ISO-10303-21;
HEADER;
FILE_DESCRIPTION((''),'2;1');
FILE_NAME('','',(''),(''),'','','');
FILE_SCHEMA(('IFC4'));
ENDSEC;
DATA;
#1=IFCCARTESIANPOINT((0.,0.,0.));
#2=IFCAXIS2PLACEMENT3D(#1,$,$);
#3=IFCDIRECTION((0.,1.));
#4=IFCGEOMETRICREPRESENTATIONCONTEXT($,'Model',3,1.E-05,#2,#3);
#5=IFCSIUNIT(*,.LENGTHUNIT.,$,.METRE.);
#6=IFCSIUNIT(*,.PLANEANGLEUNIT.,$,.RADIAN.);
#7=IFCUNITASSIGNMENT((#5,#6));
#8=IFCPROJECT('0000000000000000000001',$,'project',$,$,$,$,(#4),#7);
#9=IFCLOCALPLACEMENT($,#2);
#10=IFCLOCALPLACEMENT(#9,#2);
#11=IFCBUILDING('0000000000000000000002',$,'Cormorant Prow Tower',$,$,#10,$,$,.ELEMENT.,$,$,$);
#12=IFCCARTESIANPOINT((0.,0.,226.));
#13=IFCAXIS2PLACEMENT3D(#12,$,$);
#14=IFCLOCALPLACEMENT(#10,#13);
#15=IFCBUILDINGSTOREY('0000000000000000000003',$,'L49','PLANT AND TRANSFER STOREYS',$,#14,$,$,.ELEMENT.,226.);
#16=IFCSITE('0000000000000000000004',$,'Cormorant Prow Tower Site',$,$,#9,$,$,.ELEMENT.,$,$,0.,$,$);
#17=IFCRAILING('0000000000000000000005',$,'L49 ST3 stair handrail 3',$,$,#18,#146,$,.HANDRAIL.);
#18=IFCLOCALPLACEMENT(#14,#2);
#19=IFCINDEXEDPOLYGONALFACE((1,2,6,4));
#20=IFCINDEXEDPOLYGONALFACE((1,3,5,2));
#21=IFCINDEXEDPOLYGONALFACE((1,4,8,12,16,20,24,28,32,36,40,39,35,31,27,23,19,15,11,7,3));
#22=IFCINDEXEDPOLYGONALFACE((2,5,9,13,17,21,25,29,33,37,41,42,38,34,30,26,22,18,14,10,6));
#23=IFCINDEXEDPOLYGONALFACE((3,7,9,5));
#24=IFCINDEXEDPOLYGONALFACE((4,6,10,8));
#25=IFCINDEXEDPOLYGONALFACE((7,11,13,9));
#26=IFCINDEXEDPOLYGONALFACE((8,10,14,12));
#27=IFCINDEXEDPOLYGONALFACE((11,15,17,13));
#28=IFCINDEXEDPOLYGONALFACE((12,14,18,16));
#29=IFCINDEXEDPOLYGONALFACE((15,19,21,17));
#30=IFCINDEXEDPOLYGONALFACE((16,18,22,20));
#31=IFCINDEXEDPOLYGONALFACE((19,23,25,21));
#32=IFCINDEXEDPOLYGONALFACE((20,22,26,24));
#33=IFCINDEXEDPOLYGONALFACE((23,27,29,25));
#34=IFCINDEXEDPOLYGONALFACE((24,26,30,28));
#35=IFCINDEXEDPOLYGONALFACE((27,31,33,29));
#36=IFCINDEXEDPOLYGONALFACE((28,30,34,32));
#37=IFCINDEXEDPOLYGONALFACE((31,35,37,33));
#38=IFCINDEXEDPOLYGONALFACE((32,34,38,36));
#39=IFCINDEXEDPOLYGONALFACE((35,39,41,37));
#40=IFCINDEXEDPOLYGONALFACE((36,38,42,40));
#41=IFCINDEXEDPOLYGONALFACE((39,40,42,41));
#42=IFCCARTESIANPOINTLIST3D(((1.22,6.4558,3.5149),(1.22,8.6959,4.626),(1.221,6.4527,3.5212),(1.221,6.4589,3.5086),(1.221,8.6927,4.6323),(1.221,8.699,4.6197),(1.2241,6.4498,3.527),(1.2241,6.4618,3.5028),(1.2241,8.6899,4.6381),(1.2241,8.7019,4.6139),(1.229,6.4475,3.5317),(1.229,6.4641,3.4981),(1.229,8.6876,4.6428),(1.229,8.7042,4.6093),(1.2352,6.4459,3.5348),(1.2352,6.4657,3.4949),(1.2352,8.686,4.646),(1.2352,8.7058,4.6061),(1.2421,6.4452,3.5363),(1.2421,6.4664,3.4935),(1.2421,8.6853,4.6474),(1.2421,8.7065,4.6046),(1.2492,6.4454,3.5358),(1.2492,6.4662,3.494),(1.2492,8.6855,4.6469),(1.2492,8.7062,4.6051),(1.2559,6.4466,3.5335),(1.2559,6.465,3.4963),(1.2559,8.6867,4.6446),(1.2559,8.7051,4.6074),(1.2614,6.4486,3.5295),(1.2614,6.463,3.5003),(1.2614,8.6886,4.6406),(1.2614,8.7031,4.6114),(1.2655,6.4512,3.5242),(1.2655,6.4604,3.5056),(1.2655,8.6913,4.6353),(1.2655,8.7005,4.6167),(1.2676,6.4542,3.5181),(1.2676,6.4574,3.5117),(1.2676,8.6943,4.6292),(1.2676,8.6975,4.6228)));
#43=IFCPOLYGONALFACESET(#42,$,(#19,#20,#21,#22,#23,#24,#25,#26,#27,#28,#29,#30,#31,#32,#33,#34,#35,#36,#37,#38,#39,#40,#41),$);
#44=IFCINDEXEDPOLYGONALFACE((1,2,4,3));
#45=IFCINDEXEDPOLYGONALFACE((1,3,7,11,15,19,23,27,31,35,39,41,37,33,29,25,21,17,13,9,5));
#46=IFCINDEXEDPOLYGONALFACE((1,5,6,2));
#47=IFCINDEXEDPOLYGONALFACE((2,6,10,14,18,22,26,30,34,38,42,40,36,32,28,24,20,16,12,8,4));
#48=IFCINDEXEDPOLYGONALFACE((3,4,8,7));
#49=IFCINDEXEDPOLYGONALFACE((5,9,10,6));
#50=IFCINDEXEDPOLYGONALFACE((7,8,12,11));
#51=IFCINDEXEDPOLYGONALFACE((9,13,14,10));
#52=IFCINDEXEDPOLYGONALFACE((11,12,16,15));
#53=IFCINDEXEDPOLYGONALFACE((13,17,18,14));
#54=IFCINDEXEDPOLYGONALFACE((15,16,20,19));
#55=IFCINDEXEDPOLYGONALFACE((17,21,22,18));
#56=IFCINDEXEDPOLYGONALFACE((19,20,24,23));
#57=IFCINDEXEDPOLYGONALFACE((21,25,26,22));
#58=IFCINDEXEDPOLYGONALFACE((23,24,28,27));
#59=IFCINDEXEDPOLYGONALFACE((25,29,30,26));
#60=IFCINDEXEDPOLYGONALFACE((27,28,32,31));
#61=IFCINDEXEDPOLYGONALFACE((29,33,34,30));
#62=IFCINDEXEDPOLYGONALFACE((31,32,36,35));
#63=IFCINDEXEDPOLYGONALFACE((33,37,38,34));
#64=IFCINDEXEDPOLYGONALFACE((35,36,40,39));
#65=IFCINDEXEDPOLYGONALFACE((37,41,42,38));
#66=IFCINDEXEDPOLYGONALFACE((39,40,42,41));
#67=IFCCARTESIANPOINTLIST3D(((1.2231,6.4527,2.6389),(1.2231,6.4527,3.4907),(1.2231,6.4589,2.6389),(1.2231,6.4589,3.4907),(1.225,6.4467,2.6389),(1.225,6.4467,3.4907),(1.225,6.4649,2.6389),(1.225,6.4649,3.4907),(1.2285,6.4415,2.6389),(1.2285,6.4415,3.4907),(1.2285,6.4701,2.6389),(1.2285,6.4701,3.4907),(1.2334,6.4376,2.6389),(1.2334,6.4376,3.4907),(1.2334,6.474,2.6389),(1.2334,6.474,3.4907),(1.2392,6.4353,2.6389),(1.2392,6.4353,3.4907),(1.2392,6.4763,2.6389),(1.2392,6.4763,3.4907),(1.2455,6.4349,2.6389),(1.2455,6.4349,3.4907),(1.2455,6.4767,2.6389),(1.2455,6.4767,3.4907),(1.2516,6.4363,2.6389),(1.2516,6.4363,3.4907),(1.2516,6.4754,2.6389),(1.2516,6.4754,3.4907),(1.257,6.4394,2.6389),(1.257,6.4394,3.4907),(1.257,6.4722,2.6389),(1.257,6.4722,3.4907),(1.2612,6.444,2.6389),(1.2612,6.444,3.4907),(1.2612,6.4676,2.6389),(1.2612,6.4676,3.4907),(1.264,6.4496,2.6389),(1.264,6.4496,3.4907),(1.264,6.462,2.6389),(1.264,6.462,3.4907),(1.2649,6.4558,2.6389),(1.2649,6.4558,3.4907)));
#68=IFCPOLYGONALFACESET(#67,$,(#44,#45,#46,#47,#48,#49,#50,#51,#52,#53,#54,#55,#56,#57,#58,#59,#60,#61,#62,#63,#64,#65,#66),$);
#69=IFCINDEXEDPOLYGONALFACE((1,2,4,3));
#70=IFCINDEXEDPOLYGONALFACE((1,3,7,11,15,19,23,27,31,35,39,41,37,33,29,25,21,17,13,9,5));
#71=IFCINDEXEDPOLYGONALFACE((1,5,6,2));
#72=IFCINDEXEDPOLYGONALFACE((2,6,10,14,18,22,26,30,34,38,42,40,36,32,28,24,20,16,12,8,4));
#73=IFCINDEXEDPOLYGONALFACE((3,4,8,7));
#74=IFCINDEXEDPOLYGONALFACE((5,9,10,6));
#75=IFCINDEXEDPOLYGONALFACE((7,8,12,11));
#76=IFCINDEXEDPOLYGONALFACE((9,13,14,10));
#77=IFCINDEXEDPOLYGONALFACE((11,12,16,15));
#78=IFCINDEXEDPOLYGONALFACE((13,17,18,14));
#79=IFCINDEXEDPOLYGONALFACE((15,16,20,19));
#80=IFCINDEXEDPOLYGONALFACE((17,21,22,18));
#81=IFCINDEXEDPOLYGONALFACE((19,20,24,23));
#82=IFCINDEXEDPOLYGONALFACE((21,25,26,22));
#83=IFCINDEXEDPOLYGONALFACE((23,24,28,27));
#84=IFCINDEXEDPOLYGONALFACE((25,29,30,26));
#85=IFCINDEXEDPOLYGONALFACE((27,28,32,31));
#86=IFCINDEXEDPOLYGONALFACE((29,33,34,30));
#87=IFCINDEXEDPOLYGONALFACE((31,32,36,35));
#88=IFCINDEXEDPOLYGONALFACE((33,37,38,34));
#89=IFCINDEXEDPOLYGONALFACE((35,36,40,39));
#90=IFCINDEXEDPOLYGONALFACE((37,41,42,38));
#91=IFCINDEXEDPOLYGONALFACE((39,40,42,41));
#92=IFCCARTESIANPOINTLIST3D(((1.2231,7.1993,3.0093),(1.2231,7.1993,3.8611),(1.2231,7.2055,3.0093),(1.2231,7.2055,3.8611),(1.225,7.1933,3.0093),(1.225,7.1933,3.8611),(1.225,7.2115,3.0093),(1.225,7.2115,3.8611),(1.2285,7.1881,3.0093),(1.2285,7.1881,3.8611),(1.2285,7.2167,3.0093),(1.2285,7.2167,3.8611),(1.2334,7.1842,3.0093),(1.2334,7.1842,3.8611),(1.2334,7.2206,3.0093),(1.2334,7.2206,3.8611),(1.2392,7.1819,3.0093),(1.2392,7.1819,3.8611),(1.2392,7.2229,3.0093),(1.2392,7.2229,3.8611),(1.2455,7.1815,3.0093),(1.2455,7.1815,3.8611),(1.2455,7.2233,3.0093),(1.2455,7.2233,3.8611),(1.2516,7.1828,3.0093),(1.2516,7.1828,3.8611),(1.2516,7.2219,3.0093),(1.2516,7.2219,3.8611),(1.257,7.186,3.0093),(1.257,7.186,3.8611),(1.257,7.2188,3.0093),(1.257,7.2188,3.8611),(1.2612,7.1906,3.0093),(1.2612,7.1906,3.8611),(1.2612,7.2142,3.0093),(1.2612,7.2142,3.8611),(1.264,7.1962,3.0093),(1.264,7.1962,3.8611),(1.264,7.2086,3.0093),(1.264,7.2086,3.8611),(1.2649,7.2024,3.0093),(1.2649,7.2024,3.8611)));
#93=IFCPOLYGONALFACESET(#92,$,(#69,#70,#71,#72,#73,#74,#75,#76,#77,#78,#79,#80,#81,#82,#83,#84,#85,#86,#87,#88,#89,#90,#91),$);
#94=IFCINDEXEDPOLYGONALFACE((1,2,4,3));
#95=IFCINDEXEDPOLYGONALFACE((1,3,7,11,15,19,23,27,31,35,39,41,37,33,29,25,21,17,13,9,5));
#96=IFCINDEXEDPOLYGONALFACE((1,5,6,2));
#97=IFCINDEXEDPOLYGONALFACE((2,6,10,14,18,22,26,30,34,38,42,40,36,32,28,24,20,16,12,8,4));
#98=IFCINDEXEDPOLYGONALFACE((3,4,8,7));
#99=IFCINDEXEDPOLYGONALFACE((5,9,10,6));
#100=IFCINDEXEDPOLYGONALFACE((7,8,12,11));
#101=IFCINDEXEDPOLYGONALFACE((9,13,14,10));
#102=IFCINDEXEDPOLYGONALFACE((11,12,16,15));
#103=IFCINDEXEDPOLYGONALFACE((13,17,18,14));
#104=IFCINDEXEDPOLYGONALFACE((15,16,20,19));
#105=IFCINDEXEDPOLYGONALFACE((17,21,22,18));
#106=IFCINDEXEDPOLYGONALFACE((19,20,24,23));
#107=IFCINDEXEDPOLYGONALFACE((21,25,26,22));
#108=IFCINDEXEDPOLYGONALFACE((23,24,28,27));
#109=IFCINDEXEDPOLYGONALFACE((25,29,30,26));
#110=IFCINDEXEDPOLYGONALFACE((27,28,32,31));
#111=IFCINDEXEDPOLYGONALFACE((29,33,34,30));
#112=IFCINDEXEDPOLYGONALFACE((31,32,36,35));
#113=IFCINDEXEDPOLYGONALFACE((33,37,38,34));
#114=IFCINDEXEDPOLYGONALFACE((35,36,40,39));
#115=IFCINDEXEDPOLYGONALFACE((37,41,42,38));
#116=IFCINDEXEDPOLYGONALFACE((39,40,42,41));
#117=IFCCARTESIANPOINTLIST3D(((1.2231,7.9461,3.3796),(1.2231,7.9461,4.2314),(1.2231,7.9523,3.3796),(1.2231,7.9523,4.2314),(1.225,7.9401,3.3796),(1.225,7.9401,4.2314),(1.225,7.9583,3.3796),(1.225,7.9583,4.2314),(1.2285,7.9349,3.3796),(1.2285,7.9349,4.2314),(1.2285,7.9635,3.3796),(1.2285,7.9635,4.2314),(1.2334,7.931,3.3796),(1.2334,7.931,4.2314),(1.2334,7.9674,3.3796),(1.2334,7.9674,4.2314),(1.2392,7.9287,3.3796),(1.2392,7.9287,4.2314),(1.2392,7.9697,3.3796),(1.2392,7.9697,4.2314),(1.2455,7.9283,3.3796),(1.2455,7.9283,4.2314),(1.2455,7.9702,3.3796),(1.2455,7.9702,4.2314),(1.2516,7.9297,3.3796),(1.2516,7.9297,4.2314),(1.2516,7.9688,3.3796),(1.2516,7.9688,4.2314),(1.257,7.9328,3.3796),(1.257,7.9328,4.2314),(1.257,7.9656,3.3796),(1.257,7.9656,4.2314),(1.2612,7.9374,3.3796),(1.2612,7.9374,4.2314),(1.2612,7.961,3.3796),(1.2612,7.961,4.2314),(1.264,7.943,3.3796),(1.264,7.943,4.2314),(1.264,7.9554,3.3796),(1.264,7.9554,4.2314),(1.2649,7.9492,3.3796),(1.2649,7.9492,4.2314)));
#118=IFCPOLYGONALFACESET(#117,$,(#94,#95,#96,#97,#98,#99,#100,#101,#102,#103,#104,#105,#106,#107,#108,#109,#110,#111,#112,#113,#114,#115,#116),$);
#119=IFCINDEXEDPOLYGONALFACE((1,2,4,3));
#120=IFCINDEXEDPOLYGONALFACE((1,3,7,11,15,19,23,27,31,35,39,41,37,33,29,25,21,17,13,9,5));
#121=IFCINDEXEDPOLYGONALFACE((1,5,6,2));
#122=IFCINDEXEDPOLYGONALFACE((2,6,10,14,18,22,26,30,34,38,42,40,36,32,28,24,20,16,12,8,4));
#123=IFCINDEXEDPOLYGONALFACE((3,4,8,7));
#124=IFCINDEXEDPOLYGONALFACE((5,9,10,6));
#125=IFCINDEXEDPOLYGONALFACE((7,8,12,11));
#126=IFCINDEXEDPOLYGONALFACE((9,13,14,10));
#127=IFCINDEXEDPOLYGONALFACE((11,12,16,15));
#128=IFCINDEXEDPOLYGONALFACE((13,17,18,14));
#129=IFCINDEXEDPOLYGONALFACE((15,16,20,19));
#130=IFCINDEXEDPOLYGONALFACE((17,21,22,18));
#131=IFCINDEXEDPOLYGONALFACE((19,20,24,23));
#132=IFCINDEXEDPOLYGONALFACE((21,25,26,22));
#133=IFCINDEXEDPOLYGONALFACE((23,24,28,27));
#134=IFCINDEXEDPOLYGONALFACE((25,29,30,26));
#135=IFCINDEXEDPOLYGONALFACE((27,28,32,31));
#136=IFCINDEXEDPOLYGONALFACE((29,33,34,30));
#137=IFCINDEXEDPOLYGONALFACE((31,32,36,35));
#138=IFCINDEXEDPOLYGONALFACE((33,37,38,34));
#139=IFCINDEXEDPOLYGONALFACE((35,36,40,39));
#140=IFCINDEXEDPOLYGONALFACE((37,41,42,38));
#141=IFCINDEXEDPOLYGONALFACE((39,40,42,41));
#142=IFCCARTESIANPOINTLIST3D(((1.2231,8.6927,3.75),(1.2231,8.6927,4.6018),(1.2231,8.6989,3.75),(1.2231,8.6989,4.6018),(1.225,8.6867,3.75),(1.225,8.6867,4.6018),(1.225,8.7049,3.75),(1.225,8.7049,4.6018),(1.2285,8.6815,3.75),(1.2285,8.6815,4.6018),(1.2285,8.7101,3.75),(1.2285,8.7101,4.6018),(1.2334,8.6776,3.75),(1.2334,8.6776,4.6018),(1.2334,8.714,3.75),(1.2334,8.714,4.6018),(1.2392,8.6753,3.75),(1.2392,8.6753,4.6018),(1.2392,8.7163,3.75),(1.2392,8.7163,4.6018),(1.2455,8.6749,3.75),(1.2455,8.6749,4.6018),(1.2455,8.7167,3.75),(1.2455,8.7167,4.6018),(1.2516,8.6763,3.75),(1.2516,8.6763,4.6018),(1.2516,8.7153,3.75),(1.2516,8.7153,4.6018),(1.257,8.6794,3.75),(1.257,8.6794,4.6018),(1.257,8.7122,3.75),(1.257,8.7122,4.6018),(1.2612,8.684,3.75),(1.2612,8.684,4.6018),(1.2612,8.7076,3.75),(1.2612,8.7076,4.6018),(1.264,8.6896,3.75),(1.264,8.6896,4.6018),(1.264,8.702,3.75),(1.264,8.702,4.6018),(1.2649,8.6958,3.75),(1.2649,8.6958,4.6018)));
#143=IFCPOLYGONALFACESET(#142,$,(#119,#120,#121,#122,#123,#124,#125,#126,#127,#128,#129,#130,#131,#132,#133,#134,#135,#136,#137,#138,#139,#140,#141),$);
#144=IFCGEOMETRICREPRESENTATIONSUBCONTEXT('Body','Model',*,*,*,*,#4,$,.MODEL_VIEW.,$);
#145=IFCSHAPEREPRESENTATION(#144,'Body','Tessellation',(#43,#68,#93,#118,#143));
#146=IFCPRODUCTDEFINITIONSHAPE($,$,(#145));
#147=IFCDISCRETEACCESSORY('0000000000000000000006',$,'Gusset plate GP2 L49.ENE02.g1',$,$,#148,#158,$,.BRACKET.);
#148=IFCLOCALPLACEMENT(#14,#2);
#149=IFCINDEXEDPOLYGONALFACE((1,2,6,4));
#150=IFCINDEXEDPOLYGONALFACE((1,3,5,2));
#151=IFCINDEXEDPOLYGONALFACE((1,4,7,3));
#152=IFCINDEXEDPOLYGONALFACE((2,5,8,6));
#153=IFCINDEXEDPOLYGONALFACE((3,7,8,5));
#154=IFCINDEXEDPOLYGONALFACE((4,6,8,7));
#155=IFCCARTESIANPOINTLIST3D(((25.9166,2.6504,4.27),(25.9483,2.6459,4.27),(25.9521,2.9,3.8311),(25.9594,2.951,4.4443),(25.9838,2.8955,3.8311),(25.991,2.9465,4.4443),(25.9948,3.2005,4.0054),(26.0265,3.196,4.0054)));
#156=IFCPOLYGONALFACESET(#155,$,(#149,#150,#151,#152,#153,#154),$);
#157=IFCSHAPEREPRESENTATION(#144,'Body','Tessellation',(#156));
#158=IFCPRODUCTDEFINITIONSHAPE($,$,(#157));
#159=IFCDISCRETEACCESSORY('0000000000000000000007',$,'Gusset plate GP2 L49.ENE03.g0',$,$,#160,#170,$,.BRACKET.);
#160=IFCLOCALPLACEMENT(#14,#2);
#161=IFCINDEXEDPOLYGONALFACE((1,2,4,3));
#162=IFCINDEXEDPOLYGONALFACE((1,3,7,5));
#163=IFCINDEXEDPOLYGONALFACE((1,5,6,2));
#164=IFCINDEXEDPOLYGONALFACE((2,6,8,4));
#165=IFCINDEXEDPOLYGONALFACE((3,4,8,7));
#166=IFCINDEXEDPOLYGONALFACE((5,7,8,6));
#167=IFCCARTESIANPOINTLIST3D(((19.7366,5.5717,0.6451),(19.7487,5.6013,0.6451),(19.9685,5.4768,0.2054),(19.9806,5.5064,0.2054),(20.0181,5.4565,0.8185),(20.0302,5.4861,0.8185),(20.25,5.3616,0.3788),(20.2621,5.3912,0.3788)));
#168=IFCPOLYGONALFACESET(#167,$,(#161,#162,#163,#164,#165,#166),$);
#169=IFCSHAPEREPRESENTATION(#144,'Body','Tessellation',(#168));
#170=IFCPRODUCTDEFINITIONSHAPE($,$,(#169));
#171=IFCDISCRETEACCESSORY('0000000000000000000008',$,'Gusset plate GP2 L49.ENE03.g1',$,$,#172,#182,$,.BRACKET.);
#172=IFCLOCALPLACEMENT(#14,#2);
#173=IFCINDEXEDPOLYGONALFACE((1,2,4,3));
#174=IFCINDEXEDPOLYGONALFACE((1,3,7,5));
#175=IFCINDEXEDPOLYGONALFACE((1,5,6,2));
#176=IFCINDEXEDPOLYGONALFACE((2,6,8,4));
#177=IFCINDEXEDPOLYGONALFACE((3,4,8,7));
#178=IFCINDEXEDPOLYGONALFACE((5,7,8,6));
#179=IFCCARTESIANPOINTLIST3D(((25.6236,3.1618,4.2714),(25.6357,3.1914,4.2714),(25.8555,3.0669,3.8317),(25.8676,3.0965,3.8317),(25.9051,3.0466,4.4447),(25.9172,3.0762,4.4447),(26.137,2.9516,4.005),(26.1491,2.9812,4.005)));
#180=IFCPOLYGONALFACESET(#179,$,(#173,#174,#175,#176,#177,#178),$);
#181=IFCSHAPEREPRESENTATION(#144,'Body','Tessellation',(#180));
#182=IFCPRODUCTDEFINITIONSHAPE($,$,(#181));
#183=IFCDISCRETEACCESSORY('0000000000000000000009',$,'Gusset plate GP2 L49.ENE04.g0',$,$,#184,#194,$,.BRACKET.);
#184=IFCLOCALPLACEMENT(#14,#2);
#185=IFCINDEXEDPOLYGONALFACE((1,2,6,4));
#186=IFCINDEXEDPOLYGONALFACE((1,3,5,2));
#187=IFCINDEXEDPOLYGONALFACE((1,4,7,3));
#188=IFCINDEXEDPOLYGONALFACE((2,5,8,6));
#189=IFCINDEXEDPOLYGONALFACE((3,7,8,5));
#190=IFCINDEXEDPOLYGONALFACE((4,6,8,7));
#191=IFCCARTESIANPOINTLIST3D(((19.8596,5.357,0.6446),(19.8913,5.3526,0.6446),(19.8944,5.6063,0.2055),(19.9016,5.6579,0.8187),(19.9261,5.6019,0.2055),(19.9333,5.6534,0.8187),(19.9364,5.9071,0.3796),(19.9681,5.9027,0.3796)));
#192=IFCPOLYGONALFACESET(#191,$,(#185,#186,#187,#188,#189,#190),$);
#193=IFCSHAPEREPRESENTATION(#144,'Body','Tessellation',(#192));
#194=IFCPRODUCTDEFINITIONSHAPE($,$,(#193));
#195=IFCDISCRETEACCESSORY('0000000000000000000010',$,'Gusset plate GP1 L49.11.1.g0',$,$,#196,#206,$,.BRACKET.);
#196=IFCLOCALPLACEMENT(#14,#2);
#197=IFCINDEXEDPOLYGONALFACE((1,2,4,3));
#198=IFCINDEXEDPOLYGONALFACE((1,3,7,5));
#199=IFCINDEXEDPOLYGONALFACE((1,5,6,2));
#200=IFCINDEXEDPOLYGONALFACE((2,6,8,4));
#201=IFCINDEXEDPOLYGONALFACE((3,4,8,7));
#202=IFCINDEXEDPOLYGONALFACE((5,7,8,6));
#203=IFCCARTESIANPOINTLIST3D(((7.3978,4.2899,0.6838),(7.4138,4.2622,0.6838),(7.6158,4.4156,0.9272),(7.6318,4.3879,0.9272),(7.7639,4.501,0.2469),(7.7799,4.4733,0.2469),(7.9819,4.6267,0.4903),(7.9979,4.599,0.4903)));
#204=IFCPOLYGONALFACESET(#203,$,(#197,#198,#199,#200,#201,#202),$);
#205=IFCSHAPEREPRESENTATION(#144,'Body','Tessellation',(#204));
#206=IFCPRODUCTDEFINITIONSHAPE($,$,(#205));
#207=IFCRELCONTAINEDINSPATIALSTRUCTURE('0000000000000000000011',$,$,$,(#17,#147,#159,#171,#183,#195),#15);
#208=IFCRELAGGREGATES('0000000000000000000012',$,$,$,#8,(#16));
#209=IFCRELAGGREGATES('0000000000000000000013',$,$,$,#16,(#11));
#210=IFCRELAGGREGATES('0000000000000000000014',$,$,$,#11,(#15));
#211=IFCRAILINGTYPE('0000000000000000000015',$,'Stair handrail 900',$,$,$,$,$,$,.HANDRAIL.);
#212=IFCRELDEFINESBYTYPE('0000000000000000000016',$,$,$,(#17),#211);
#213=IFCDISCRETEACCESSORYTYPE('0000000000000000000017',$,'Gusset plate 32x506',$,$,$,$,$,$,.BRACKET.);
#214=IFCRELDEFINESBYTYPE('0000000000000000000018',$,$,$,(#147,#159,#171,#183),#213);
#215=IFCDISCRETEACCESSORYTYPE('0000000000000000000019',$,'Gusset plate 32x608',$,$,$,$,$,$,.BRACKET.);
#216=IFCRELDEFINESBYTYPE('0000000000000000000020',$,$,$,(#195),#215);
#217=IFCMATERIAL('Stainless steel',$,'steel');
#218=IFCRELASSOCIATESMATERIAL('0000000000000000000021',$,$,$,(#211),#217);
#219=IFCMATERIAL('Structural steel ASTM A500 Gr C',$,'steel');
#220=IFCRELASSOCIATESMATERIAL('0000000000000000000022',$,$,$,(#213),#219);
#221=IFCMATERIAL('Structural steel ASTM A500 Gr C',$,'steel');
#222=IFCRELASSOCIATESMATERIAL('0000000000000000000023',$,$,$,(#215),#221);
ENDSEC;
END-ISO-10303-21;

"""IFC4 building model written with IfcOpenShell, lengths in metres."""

from ifc_helpers import new_model, si_unit, direction, frame, origin, origin_2d, place, context, subcontext, project, spatial, rectangle, circle, extrude, material, material_profile, profile_set, type_object, element, save


model = new_model("IFC4")

# Units and contexts
model_context = context("Model", 3, precision=1e-05, world=origin(), true_north=direction((0.0, 1.0)))
body_context = subcontext(model_context, "Body", "Model", "MODEL_VIEW")
ifc_project = project(units=[si_unit("LENGTHUNIT", "METRE"), si_unit("PLANEANGLEUNIT", "RADIAN")], contexts=[model_context])

# Site, building, storey
site_placement = place(None, origin())
site = spatial("IfcSite", under=ifc_project, at=site_placement, Name="Cormorant Prow Tower Site", CompositionType="ELEMENT", RefElevation=0.0)
building_placement = place(site_placement, origin())
building = spatial("IfcBuilding", under=site, at=building_placement, Name="Cormorant Prow Tower", CompositionType="ELEMENT")
storey_placement = place(building_placement, frame((0.0, 0.0, 226.0)))
storey = spatial("IfcBuildingStorey", under=building, at=storey_placement, Name="L49", Description="PLANT AND TRANSFER STOREYS", CompositionType="ELEMENT", Elevation=226.0)

# Railing
ifc_material_1 = material(Name="Stainless steel", Category="steel")
railing_type = type_object("IfcRailingType", Name="Stair handrail 900", PredefinedType="HANDRAIL", material=ifc_material_1)
railing_placement = place(storey_placement, frame((1.2439, 6.4558, 2.6389)))
element("IfcRailing", 1, at=railing_placement, inside=storey, type_object=railing_type, Name="L49 ST3 stair handrail 3", PredefinedType="HANDRAIL", context=body_context, shape_type="SweptSolid", body=[
    extrude(circle(Radius=0.0239, at=origin_2d()), frame((0.0, 0.0, 0.876), z_axis=(0.0, 0.895848, 0.44436), x_axis=(-1.0, 0.0, 0.0)), (0.0, 0.0, 1.0), 2.5005),
    extrude(circle(Radius=0.021, at=origin_2d()), origin(), (0.0, 0.0, 1.0), 0.8518),
    extrude(circle(Radius=0.021, at=origin_2d()), frame((0.0, 0.7466, 0.3704)), (0.0, 0.0, 1.0), 0.8518),
    extrude(circle(Radius=0.021, at=origin_2d()), frame((0.0, 1.4934, 0.7407)), (0.0, 0.0, 1.0), 0.8518),
    extrude(circle(Radius=0.021, at=origin_2d()), frame((0.0, 2.24, 1.1111)), (0.0, 0.0, 1.0), 0.8518),
])

# Discrete accessories
ifc_material_2 = material(Name="Structural steel ASTM A500 Gr C", Category="steel")
ifc_material_profile_1 = material_profile(ifc_material_2, rectangle(XDim=0.032, YDim=0.5061, at=origin_2d()), Name="Gusset plate 32x506")
ifc_profile_set_1 = profile_set([ifc_material_profile_1], Name="Structural steel ASTM A500 Gr C")
discrete_accessory_type_1 = type_object("IfcDiscreteAccessoryType", Name="Gusset plate 32x506", PredefinedType="BRACKET", material=ifc_profile_set_1)
for number, where, z_axis, x_axis, name in (
    (2, (25.9502, 2.7729, 4.0505), (0.122053, 0.858558, 0.497977), (-0.990046, 0.140746, 0.0), "Gusset plate GP2 L49.ENE02.g1"),
    (3, (20.1401, 5.4238, 0.5986), (-0.804057, 0.329154, -0.495126), (-0.378852, -0.925457, 0.0), "Gusset plate GP2 L49.ENE03.g0"),
    (4, (25.7456, 3.1292, 4.0515), (0.804057, -0.329154, 0.495126), (0.378852, 0.925457, 0.0), "Gusset plate GP2 L49.ENE03.g1"),
    (5, (19.9348, 5.7803, 0.5991), (-0.119961, -0.859256, -0.497281), (0.990395, -0.138269, 0.0), "Gusset plate GP2 L49.ENE04.g0"),
):
    element("IfcDiscreteAccessory", number, at=place(storey_placement, frame(where, z_axis=z_axis, x_axis=x_axis)), inside=storey, type_object=discrete_accessory_type_1, Name=name, PredefinedType="BRACKET", context=body_context, shape_type="SweptSolid", body=[
        extrude(rectangle(XDim=0.032, YDim=0.5061, at=origin_2d()), origin(), (0.0, 0.0, 1.0), 0.3501),
    ])
ifc_material_3 = material(Name="Structural steel ASTM A500 Gr C", Category="steel")
ifc_material_profile_2 = material_profile(ifc_material_3, rectangle(XDim=0.032, YDim=0.6079, at=origin_2d()), Name="Gusset plate 32x608")
ifc_profile_set_2 = profile_set([ifc_material_profile_2], Name="Structural steel ASTM A500 Gr C")
discrete_accessory_type_2 = type_object("IfcDiscreteAccessoryType", Name="Gusset plate 32x608", PredefinedType="BRACKET", material=ifc_profile_set_2)
for number, where, z_axis, x_axis, name in (
    (6, (7.8069, 4.5073, 0.7087), (-0.622684, -0.359107, -0.695203), (0.499582, -0.866266, 0.0), "Gusset plate GP1 L49.11.1.g0"),
):
    element("IfcDiscreteAccessory", number, at=place(storey_placement, frame(where, z_axis=z_axis, x_axis=x_axis)), inside=storey, type_object=discrete_accessory_type_2, Name=name, PredefinedType="BRACKET", context=body_context, shape_type="SweptSolid", body=[
        extrude(rectangle(XDim=0.032, YDim=0.6079, at=origin_2d()), origin(), (0.0, 0.0, 1.0), 0.3501),
    ])

save(model, "model.ifc")
